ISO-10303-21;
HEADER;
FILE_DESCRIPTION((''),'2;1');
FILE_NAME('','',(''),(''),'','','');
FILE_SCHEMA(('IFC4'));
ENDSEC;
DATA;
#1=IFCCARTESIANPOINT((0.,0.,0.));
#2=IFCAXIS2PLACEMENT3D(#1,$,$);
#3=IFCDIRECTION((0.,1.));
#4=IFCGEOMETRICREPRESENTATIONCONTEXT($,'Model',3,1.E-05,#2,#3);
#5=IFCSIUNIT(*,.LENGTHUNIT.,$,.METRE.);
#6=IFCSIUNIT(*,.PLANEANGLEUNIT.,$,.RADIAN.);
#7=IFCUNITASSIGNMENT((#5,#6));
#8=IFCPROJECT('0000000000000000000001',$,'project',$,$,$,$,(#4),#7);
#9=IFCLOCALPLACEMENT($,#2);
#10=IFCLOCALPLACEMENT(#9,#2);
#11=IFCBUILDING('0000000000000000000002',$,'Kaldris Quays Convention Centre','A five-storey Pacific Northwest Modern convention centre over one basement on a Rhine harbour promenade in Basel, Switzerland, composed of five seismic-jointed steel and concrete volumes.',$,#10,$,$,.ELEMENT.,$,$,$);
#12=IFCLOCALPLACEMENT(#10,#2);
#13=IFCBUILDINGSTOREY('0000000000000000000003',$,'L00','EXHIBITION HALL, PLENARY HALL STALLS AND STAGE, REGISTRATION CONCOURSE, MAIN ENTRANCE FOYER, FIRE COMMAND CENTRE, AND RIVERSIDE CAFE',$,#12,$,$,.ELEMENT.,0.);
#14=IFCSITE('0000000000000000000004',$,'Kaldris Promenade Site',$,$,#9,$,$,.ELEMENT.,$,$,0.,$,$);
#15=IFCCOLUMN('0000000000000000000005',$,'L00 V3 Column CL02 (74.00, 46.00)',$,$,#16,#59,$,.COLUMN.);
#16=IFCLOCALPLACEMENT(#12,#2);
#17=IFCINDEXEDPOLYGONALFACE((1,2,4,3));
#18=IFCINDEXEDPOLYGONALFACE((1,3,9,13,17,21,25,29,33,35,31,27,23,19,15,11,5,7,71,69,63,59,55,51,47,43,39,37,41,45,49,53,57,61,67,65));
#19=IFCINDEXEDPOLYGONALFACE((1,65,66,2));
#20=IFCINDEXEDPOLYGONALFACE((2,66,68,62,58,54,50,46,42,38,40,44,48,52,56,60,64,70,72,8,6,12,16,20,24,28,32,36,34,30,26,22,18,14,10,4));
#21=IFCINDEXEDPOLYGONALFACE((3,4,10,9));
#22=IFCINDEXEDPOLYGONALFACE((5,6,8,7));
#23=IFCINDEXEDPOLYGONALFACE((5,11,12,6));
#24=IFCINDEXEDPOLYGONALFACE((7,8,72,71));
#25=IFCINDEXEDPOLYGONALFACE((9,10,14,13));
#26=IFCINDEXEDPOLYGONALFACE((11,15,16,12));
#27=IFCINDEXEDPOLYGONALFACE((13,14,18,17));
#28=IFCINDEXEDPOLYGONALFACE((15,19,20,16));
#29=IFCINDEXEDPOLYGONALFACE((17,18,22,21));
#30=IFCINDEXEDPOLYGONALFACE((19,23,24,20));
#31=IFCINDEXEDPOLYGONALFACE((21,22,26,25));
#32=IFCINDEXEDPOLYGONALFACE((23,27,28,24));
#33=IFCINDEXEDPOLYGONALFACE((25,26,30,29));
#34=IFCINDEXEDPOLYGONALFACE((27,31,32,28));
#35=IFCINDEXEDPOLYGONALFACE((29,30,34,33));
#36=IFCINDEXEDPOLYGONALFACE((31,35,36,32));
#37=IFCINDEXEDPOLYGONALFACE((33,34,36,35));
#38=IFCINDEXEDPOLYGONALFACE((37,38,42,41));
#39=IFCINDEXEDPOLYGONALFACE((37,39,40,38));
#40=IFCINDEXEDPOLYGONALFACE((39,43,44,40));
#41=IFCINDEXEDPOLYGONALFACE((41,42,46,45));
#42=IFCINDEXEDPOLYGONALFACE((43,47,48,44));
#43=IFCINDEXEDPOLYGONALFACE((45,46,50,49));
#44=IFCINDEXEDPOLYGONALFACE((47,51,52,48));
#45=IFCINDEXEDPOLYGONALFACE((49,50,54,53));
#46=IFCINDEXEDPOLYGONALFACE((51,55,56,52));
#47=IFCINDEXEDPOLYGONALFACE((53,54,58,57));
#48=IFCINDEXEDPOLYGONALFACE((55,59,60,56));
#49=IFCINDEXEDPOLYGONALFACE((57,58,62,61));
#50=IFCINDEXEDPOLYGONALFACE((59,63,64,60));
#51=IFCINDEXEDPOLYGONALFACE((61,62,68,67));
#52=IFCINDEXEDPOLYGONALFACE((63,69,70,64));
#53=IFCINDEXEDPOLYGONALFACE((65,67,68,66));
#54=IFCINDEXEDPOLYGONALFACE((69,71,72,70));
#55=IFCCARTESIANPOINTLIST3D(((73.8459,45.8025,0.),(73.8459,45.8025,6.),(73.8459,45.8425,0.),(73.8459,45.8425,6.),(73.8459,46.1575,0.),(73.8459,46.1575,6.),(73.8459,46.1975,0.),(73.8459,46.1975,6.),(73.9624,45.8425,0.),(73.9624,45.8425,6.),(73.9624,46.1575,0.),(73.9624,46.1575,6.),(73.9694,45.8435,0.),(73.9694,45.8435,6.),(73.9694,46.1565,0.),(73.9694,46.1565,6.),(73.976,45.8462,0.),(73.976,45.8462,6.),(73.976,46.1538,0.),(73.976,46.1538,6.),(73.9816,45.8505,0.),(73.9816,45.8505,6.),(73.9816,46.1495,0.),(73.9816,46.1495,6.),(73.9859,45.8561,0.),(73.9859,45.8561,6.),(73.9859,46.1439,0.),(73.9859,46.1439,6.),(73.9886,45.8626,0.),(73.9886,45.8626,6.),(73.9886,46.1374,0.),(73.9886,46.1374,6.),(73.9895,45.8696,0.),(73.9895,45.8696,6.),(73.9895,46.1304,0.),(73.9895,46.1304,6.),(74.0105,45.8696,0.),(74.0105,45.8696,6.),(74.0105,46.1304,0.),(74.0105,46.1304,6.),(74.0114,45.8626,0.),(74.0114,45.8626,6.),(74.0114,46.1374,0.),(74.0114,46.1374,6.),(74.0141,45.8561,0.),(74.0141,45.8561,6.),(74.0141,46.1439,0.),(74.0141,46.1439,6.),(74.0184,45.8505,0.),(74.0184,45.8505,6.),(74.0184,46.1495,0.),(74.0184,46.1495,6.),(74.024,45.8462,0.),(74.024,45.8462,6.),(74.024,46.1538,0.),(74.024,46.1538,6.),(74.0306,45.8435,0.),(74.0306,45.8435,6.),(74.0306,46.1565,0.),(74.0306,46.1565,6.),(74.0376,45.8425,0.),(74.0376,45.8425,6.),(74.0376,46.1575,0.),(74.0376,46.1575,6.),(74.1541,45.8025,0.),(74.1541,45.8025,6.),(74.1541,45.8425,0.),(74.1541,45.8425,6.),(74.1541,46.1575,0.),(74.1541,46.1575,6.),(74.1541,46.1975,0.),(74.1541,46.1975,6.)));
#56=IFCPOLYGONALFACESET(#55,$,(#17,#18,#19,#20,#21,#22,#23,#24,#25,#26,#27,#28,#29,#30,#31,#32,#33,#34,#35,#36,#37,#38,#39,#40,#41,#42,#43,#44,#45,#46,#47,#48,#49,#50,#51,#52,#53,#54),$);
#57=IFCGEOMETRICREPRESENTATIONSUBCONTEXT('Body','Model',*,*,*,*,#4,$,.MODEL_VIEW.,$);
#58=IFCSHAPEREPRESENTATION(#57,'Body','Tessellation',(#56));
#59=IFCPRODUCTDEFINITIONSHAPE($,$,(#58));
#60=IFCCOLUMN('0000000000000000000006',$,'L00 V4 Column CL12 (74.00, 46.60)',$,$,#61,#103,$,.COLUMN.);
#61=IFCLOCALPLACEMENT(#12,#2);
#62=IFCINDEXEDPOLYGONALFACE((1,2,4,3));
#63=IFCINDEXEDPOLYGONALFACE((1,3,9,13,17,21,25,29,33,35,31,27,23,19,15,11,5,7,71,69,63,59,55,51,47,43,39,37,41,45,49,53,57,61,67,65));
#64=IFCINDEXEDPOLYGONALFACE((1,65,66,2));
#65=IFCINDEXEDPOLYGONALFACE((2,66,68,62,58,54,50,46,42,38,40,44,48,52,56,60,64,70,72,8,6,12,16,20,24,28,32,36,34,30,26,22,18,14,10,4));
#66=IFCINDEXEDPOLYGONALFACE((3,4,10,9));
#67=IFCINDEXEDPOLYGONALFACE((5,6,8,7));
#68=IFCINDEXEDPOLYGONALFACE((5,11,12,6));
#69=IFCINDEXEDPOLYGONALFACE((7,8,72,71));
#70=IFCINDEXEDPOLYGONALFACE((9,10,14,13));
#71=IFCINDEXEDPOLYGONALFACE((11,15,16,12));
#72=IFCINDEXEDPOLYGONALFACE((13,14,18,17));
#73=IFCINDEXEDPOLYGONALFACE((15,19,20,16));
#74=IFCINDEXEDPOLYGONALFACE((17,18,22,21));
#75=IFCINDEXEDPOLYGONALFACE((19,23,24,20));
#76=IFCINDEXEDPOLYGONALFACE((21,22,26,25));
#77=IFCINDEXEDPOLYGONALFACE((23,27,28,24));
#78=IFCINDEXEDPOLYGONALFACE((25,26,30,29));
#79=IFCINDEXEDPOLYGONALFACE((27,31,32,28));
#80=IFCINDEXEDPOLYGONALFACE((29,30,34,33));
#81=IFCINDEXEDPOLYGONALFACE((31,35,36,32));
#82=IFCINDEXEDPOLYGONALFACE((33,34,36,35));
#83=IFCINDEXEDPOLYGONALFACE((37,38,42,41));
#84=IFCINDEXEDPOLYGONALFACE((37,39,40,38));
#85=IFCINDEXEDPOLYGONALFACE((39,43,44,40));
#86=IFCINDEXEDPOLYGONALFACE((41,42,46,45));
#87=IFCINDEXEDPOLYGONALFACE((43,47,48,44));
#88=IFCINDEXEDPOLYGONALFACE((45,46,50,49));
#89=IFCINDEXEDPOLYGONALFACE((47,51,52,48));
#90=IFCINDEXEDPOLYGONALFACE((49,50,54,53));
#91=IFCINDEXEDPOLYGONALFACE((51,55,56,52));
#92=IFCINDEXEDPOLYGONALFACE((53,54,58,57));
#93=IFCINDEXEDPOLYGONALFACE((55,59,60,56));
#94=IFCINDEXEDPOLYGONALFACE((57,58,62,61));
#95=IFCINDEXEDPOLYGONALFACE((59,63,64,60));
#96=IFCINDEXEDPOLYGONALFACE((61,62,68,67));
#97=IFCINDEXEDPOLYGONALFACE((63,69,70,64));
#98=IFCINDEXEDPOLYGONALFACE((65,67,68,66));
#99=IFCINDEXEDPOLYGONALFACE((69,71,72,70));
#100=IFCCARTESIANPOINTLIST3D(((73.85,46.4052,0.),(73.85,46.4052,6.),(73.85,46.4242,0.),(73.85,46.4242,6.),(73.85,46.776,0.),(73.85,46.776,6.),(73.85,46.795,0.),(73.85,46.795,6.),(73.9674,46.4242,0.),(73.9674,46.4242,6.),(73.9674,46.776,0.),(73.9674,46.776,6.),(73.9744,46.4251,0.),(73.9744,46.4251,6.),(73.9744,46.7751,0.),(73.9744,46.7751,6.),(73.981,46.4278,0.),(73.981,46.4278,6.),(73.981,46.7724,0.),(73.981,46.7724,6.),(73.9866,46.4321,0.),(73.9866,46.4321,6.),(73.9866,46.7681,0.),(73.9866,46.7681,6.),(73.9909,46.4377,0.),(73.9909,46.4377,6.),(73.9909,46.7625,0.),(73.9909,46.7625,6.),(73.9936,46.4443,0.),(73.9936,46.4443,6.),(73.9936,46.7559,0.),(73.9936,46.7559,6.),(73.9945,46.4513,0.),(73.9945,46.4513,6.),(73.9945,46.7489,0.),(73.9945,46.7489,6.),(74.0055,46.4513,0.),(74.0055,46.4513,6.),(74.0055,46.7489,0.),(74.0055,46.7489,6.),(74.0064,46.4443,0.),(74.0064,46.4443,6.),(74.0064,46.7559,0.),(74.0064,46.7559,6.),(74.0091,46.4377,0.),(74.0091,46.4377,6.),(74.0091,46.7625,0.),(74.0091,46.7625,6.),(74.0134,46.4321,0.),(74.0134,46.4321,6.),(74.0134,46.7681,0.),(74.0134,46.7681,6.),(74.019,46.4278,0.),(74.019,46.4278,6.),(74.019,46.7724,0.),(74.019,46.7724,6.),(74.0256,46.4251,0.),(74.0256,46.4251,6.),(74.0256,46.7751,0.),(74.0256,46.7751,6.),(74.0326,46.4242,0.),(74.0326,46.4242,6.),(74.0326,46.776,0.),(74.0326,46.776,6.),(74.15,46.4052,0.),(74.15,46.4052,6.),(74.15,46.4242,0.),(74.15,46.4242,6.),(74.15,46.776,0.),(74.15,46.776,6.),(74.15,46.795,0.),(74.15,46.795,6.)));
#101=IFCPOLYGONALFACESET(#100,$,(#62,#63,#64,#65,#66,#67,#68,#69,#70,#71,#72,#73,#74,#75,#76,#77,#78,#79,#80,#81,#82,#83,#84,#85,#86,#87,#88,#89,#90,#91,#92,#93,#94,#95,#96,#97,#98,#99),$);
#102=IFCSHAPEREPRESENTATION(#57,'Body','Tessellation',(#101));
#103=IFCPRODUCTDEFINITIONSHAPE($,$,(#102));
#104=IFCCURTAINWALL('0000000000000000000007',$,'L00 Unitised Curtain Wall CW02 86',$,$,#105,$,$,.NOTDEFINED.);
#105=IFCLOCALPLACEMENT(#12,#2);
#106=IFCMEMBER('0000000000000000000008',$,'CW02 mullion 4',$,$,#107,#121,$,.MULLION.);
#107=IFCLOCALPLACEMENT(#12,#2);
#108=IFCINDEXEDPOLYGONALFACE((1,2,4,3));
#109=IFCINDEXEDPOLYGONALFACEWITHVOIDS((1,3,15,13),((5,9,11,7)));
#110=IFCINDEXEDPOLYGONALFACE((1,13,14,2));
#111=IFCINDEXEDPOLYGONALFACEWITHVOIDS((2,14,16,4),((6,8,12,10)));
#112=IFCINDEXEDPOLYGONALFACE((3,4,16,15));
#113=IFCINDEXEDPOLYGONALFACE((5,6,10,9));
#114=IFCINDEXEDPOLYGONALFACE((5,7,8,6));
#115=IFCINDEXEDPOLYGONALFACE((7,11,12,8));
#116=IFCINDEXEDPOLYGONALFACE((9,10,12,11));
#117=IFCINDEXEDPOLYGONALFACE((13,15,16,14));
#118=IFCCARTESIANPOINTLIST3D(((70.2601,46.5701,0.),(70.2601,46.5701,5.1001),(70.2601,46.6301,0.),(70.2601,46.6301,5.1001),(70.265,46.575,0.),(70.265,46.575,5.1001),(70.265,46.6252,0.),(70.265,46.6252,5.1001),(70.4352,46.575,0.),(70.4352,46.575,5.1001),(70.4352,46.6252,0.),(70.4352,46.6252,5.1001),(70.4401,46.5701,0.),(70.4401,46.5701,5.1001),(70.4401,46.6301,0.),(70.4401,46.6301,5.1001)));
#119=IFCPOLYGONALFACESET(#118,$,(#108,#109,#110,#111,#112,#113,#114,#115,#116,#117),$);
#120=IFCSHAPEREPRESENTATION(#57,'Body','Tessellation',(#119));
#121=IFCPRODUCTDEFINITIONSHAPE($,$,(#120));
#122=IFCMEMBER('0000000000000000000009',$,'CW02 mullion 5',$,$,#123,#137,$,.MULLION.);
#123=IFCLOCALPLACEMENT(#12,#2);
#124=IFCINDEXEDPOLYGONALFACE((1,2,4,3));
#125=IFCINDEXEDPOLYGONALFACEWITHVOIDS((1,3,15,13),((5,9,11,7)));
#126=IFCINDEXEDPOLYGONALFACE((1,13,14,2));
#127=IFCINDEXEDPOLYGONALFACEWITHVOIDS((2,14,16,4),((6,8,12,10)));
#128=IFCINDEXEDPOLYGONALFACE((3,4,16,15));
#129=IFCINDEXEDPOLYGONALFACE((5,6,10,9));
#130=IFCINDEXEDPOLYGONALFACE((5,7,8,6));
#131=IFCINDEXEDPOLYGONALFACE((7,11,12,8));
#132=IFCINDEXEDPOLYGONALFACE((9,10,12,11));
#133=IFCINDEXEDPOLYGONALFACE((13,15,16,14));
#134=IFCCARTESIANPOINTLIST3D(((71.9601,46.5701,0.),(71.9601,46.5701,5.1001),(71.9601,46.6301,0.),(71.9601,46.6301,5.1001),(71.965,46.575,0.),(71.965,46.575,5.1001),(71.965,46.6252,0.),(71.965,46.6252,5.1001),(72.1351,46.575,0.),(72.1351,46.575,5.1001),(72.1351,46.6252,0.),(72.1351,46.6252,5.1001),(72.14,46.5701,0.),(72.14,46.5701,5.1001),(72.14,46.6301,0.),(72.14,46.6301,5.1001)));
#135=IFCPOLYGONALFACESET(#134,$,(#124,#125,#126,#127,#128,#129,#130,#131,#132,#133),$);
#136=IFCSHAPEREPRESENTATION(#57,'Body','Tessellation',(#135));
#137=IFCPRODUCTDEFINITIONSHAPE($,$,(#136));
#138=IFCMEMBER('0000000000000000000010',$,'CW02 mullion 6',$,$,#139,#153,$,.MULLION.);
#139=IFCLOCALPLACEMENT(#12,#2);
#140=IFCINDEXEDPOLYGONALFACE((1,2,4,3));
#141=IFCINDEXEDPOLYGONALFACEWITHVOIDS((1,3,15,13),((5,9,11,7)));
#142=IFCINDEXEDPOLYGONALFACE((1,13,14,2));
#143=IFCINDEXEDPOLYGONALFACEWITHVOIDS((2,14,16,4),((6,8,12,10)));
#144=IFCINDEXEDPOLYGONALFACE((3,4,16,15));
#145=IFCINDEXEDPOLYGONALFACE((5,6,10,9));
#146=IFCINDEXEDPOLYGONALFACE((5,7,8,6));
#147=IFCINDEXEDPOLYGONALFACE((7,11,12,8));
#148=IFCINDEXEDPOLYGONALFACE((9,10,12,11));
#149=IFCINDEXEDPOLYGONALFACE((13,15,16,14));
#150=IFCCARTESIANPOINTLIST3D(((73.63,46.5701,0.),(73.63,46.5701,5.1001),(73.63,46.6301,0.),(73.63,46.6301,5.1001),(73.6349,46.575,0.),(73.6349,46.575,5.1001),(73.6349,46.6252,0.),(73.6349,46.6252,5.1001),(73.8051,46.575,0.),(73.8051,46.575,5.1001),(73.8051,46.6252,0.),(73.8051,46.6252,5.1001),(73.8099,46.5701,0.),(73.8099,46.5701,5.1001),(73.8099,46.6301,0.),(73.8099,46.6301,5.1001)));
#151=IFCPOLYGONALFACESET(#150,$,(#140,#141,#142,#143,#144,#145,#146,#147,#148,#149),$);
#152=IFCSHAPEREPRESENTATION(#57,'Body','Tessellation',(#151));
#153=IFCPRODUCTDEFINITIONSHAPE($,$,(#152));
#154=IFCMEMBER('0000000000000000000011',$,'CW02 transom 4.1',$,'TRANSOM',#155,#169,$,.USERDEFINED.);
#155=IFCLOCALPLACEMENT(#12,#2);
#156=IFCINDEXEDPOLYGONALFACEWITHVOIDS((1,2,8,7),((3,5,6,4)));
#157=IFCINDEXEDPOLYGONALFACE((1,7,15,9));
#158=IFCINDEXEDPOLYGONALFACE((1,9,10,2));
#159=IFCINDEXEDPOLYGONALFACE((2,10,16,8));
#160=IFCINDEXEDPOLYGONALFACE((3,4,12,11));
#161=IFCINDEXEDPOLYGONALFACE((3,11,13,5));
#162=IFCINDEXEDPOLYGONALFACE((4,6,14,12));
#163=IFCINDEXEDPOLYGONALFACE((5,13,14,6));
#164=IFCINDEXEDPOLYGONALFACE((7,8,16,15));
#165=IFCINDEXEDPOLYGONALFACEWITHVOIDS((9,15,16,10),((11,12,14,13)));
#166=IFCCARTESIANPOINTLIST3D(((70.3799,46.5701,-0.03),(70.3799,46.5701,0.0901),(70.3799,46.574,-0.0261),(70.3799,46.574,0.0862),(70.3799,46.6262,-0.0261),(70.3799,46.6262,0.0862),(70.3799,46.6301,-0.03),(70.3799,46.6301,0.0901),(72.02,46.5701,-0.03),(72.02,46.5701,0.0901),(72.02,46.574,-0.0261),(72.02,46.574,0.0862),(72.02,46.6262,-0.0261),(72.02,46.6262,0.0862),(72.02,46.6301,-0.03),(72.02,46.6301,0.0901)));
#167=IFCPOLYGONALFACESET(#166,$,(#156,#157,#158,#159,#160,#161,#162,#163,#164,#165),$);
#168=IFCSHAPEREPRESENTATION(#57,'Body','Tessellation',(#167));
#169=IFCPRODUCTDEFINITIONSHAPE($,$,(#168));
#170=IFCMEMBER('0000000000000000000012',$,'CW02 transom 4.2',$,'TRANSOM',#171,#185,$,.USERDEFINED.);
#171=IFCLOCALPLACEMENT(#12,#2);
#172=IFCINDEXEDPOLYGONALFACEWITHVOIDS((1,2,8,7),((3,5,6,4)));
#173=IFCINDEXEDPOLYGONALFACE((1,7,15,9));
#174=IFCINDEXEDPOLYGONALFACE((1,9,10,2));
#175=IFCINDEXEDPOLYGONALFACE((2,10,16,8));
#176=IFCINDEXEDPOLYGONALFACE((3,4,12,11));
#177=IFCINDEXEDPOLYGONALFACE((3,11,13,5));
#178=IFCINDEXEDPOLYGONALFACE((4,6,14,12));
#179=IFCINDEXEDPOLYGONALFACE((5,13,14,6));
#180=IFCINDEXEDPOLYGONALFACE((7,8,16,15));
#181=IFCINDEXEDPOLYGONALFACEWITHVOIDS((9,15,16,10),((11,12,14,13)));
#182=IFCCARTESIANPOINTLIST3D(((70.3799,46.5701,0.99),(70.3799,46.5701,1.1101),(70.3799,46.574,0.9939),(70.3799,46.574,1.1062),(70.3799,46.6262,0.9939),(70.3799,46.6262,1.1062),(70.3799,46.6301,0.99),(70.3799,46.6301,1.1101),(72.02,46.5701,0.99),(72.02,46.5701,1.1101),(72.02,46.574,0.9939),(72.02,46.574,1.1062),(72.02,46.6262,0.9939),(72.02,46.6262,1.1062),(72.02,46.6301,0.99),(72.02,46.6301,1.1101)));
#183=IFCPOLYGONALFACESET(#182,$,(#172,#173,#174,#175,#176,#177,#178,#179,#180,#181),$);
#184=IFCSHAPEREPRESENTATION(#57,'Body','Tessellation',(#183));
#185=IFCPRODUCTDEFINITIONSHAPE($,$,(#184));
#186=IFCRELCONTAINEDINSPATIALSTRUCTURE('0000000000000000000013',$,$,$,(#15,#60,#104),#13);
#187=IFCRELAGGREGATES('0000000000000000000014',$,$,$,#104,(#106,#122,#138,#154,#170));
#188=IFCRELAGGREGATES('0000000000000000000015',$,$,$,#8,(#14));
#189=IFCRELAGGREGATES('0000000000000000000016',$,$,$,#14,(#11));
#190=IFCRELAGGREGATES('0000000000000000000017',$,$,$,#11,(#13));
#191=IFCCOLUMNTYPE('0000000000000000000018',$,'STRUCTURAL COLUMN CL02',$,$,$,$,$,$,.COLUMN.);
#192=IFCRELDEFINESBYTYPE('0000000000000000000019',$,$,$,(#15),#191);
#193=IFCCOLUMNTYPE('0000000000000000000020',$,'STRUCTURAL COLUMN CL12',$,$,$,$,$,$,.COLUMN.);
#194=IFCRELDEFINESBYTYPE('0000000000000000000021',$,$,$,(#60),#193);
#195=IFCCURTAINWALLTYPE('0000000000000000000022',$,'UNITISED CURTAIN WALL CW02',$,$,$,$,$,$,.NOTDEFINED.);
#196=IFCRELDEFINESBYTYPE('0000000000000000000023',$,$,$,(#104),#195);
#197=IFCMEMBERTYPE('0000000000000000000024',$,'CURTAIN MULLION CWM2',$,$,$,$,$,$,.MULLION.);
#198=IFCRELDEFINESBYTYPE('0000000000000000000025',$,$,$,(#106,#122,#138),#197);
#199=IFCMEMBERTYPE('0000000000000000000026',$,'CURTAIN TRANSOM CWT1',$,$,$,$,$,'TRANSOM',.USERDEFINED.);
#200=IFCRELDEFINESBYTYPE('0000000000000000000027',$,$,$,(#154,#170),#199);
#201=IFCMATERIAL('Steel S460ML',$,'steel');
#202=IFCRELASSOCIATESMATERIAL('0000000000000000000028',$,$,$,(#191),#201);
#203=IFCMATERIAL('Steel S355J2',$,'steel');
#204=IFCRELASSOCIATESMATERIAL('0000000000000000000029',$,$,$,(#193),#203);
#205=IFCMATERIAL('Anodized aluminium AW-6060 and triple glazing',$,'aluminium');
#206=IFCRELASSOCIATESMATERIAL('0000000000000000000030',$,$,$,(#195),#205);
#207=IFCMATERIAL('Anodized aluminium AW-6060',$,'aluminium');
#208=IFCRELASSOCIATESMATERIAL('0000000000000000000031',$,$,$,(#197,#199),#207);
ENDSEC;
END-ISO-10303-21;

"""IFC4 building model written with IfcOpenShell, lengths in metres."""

from ifc_helpers import new_model, si_unit, direction, frame, origin, origin_2d, place, context, subcontext, project, spatial, hollow_rectangle, i_section, extrude, material, material_profile, profile_set, type_object, element, aggregate, save


model = new_model("IFC4")

# Units and contexts
model_context = context("Model", 3, precision=1e-05, world=origin(), true_north=direction((0.0, 1.0)))
body_context = subcontext(model_context, "Body", "Model", "MODEL_VIEW")
ifc_project = project(units=[si_unit("LENGTHUNIT", "METRE"), si_unit("PLANEANGLEUNIT", "RADIAN")], contexts=[model_context])

# Site, building, storey
site_placement = place(None, origin())
site = spatial("IfcSite", under=ifc_project, at=site_placement, Name="Kaldris Promenade Site", CompositionType="ELEMENT", RefElevation=0.0)
building_placement = place(site_placement, origin())
building = spatial("IfcBuilding", under=site, at=building_placement, Name="Kaldris Quays Convention Centre", Description="A five-storey Pacific Northwest Modern convention centre over one basement on a Rhine harbour promenade in Basel, Switzerland, composed of five seismic-jointed steel and concrete volumes.", CompositionType="ELEMENT")
storey_placement = place(building_placement, origin())
storey = spatial("IfcBuildingStorey", under=building, at=storey_placement, Name="L00", Description="EXHIBITION HALL, PLENARY HALL STALLS AND STAGE, REGISTRATION CONCOURSE, MAIN ENTRANCE FOYER, FIRE COMMAND CENTRE, AND RIVERSIDE CAFE", CompositionType="ELEMENT", Elevation=0.0)

# Columns
ifc_material_1 = material(Name="Steel S460ML", Category="steel")
ifc_material_profile_1 = material_profile(ifc_material_1, i_section(OverallWidth=0.3081, OverallDepth=0.395, WebThickness=0.021, FlangeThickness=0.04, FilletRadius=0.0271, at=origin_2d()), Name="HEM 360")
ifc_profile_set_1 = profile_set([ifc_material_profile_1], Name="Steel S460ML")
column_type_1 = type_object("IfcColumnType", Name="STRUCTURAL COLUMN CL02", PredefinedType="COLUMN", material=ifc_profile_set_1)
column_1_placement = place(storey_placement, frame((74.0, 46.0, 0.0), z_axis=(0.0, 0.0, 1.0), x_axis=(1.0, 0.0, 0.0)))
element("IfcColumn", 1, at=column_1_placement, inside=storey, type_object=column_type_1, Name="L00 V3 Column CL02 (74.00, 46.00)", PredefinedType="COLUMN", context=body_context, shape_type="SweptSolid", body=[
    extrude(i_section(OverallWidth=0.3081, OverallDepth=0.395, WebThickness=0.021, FlangeThickness=0.04, FilletRadius=0.0271, at=origin_2d()), origin(), (0.0, 0.0, 1.0), 6.0),
])
ifc_material_2 = material(Name="Steel S355J2", Category="steel")
ifc_material_profile_2 = material_profile(ifc_material_2, i_section(OverallWidth=0.3, OverallDepth=0.3899, WebThickness=0.011, FlangeThickness=0.019, FilletRadius=0.0271, at=origin_2d()), Name="HEA 400")
ifc_profile_set_2 = profile_set([ifc_material_profile_2], Name="Steel S355J2")
column_type_2 = type_object("IfcColumnType", Name="STRUCTURAL COLUMN CL12", PredefinedType="COLUMN", material=ifc_profile_set_2)
column_2_placement = place(storey_placement, frame((74.0, 46.6001, 0.0), z_axis=(0.0, 0.0, 1.0), x_axis=(1.0, 0.0, 0.0)))
element("IfcColumn", 2, at=column_2_placement, inside=storey, type_object=column_type_2, Name="L00 V4 Column CL12 (74.00, 46.60)", PredefinedType="COLUMN", context=body_context, shape_type="SweptSolid", body=[
    extrude(i_section(OverallWidth=0.3, OverallDepth=0.3899, WebThickness=0.011, FlangeThickness=0.019, FilletRadius=0.0271, at=origin_2d()), origin(), (0.0, 0.0, 1.0), 6.0),
])

# Curtain wall, members
ifc_material_3 = material(Name="Anodized aluminium AW-6060 and triple glazing", Category="aluminium")
curtain_wall_type = type_object("IfcCurtainWallType", Name="UNITISED CURTAIN WALL CW02", PredefinedType="NOTDEFINED", material=ifc_material_3)
curtain_wall_placement = place(storey_placement, origin())
curtain_wall = element("IfcCurtainWall", 3, at=curtain_wall_placement, inside=storey, type_object=curtain_wall_type, Name="L00 Unitised Curtain Wall CW02 86", PredefinedType="NOTDEFINED")
ifc_material_4 = material(Name="Anodized aluminium AW-6060", Category="aluminium")
ifc_material_profile_3 = material_profile(ifc_material_4, hollow_rectangle(XDim=0.0601, YDim=0.1799, WallThickness=0.0049, at=origin_2d()), Name="RHS 180x60x5")
ifc_profile_set_3 = profile_set([ifc_material_profile_3], Name="Anodized aluminium AW-6060")
member_type_1 = type_object("IfcMemberType", Name="CURTAIN MULLION CWM2", PredefinedType="MULLION", material=ifc_profile_set_3)
member_1_placement = place(storey_placement, frame((70.3501, 46.6001, 0.0), z_axis=(0.0, 0.0, 1.0), x_axis=(0.0, 1.0, 0.0)))
member_1 = element("IfcMember", 4, at=member_1_placement, type_object=member_type_1, Name="CW02 mullion 4", PredefinedType="MULLION", context=body_context, shape_type="SweptSolid", body=[
    extrude(hollow_rectangle(XDim=0.0601, YDim=0.1799, WallThickness=0.0049, at=origin_2d()), origin(), (0.0, 0.0, 1.0), 5.1001),
])
member_2_placement = place(storey_placement, frame((72.05, 46.6001, 0.0), z_axis=(0.0, 0.0, 1.0), x_axis=(0.0, 1.0, 0.0)))
member_2 = element("IfcMember", 5, at=member_2_placement, type_object=member_type_1, Name="CW02 mullion 5", PredefinedType="MULLION", context=body_context, shape_type="SweptSolid", body=[
    extrude(hollow_rectangle(XDim=0.0601, YDim=0.1799, WallThickness=0.0049, at=origin_2d()), origin(), (0.0, 0.0, 1.0), 5.1001),
])
member_3_placement = place(storey_placement, frame((73.72, 46.6001, 0.0), z_axis=(0.0, 0.0, 1.0), x_axis=(0.0, 1.0, 0.0)))
member_3 = element("IfcMember", 6, at=member_3_placement, type_object=member_type_1, Name="CW02 mullion 6", PredefinedType="MULLION", context=body_context, shape_type="SweptSolid", body=[
    extrude(hollow_rectangle(XDim=0.0601, YDim=0.1799, WallThickness=0.0049, at=origin_2d()), origin(), (0.0, 0.0, 1.0), 5.1001),
])
ifc_material_profile_4 = material_profile(ifc_material_4, hollow_rectangle(XDim=0.0601, YDim=0.1201, WallThickness=0.0039, at=origin_2d()), Name="RHS 120x60x4")
ifc_profile_set_4 = profile_set([ifc_material_profile_4], Name="Anodized aluminium AW-6060")
member_type_2 = type_object("IfcMemberType", Name="CURTAIN TRANSOM CWT1", ElementType="TRANSOM", PredefinedType="USERDEFINED", material=ifc_profile_set_4)
member_4_placement = place(storey_placement, frame((70.3799, 46.6001, 0.03), z_axis=(1.0, 0.0, 0.0), x_axis=(0.0, 1.0, 0.0)))
member_4 = element("IfcMember", 7, at=member_4_placement, type_object=member_type_2, Name="CW02 transom 4.1", ObjectType="TRANSOM", PredefinedType="USERDEFINED", context=body_context, shape_type="SweptSolid", body=[
    extrude(hollow_rectangle(XDim=0.0601, YDim=0.1201, WallThickness=0.0039, at=origin_2d()), origin(), (0.0, 0.0, 1.0), 1.6401),
])
member_5_placement = place(storey_placement, frame((70.3799, 46.6001, 1.05), z_axis=(1.0, 0.0, 0.0), x_axis=(0.0, 1.0, 0.0)))
member_5 = element("IfcMember", 8, at=member_5_placement, type_object=member_type_2, Name="CW02 transom 4.2", ObjectType="TRANSOM", PredefinedType="USERDEFINED", context=body_context, shape_type="SweptSolid", body=[
    extrude(hollow_rectangle(XDim=0.0601, YDim=0.1201, WallThickness=0.0039, at=origin_2d()), origin(), (0.0, 0.0, 1.0), 1.6401),
])

aggregate(curtain_wall, [member_1, member_2, member_3, member_4, member_5])

save(model, "model.ifc")
